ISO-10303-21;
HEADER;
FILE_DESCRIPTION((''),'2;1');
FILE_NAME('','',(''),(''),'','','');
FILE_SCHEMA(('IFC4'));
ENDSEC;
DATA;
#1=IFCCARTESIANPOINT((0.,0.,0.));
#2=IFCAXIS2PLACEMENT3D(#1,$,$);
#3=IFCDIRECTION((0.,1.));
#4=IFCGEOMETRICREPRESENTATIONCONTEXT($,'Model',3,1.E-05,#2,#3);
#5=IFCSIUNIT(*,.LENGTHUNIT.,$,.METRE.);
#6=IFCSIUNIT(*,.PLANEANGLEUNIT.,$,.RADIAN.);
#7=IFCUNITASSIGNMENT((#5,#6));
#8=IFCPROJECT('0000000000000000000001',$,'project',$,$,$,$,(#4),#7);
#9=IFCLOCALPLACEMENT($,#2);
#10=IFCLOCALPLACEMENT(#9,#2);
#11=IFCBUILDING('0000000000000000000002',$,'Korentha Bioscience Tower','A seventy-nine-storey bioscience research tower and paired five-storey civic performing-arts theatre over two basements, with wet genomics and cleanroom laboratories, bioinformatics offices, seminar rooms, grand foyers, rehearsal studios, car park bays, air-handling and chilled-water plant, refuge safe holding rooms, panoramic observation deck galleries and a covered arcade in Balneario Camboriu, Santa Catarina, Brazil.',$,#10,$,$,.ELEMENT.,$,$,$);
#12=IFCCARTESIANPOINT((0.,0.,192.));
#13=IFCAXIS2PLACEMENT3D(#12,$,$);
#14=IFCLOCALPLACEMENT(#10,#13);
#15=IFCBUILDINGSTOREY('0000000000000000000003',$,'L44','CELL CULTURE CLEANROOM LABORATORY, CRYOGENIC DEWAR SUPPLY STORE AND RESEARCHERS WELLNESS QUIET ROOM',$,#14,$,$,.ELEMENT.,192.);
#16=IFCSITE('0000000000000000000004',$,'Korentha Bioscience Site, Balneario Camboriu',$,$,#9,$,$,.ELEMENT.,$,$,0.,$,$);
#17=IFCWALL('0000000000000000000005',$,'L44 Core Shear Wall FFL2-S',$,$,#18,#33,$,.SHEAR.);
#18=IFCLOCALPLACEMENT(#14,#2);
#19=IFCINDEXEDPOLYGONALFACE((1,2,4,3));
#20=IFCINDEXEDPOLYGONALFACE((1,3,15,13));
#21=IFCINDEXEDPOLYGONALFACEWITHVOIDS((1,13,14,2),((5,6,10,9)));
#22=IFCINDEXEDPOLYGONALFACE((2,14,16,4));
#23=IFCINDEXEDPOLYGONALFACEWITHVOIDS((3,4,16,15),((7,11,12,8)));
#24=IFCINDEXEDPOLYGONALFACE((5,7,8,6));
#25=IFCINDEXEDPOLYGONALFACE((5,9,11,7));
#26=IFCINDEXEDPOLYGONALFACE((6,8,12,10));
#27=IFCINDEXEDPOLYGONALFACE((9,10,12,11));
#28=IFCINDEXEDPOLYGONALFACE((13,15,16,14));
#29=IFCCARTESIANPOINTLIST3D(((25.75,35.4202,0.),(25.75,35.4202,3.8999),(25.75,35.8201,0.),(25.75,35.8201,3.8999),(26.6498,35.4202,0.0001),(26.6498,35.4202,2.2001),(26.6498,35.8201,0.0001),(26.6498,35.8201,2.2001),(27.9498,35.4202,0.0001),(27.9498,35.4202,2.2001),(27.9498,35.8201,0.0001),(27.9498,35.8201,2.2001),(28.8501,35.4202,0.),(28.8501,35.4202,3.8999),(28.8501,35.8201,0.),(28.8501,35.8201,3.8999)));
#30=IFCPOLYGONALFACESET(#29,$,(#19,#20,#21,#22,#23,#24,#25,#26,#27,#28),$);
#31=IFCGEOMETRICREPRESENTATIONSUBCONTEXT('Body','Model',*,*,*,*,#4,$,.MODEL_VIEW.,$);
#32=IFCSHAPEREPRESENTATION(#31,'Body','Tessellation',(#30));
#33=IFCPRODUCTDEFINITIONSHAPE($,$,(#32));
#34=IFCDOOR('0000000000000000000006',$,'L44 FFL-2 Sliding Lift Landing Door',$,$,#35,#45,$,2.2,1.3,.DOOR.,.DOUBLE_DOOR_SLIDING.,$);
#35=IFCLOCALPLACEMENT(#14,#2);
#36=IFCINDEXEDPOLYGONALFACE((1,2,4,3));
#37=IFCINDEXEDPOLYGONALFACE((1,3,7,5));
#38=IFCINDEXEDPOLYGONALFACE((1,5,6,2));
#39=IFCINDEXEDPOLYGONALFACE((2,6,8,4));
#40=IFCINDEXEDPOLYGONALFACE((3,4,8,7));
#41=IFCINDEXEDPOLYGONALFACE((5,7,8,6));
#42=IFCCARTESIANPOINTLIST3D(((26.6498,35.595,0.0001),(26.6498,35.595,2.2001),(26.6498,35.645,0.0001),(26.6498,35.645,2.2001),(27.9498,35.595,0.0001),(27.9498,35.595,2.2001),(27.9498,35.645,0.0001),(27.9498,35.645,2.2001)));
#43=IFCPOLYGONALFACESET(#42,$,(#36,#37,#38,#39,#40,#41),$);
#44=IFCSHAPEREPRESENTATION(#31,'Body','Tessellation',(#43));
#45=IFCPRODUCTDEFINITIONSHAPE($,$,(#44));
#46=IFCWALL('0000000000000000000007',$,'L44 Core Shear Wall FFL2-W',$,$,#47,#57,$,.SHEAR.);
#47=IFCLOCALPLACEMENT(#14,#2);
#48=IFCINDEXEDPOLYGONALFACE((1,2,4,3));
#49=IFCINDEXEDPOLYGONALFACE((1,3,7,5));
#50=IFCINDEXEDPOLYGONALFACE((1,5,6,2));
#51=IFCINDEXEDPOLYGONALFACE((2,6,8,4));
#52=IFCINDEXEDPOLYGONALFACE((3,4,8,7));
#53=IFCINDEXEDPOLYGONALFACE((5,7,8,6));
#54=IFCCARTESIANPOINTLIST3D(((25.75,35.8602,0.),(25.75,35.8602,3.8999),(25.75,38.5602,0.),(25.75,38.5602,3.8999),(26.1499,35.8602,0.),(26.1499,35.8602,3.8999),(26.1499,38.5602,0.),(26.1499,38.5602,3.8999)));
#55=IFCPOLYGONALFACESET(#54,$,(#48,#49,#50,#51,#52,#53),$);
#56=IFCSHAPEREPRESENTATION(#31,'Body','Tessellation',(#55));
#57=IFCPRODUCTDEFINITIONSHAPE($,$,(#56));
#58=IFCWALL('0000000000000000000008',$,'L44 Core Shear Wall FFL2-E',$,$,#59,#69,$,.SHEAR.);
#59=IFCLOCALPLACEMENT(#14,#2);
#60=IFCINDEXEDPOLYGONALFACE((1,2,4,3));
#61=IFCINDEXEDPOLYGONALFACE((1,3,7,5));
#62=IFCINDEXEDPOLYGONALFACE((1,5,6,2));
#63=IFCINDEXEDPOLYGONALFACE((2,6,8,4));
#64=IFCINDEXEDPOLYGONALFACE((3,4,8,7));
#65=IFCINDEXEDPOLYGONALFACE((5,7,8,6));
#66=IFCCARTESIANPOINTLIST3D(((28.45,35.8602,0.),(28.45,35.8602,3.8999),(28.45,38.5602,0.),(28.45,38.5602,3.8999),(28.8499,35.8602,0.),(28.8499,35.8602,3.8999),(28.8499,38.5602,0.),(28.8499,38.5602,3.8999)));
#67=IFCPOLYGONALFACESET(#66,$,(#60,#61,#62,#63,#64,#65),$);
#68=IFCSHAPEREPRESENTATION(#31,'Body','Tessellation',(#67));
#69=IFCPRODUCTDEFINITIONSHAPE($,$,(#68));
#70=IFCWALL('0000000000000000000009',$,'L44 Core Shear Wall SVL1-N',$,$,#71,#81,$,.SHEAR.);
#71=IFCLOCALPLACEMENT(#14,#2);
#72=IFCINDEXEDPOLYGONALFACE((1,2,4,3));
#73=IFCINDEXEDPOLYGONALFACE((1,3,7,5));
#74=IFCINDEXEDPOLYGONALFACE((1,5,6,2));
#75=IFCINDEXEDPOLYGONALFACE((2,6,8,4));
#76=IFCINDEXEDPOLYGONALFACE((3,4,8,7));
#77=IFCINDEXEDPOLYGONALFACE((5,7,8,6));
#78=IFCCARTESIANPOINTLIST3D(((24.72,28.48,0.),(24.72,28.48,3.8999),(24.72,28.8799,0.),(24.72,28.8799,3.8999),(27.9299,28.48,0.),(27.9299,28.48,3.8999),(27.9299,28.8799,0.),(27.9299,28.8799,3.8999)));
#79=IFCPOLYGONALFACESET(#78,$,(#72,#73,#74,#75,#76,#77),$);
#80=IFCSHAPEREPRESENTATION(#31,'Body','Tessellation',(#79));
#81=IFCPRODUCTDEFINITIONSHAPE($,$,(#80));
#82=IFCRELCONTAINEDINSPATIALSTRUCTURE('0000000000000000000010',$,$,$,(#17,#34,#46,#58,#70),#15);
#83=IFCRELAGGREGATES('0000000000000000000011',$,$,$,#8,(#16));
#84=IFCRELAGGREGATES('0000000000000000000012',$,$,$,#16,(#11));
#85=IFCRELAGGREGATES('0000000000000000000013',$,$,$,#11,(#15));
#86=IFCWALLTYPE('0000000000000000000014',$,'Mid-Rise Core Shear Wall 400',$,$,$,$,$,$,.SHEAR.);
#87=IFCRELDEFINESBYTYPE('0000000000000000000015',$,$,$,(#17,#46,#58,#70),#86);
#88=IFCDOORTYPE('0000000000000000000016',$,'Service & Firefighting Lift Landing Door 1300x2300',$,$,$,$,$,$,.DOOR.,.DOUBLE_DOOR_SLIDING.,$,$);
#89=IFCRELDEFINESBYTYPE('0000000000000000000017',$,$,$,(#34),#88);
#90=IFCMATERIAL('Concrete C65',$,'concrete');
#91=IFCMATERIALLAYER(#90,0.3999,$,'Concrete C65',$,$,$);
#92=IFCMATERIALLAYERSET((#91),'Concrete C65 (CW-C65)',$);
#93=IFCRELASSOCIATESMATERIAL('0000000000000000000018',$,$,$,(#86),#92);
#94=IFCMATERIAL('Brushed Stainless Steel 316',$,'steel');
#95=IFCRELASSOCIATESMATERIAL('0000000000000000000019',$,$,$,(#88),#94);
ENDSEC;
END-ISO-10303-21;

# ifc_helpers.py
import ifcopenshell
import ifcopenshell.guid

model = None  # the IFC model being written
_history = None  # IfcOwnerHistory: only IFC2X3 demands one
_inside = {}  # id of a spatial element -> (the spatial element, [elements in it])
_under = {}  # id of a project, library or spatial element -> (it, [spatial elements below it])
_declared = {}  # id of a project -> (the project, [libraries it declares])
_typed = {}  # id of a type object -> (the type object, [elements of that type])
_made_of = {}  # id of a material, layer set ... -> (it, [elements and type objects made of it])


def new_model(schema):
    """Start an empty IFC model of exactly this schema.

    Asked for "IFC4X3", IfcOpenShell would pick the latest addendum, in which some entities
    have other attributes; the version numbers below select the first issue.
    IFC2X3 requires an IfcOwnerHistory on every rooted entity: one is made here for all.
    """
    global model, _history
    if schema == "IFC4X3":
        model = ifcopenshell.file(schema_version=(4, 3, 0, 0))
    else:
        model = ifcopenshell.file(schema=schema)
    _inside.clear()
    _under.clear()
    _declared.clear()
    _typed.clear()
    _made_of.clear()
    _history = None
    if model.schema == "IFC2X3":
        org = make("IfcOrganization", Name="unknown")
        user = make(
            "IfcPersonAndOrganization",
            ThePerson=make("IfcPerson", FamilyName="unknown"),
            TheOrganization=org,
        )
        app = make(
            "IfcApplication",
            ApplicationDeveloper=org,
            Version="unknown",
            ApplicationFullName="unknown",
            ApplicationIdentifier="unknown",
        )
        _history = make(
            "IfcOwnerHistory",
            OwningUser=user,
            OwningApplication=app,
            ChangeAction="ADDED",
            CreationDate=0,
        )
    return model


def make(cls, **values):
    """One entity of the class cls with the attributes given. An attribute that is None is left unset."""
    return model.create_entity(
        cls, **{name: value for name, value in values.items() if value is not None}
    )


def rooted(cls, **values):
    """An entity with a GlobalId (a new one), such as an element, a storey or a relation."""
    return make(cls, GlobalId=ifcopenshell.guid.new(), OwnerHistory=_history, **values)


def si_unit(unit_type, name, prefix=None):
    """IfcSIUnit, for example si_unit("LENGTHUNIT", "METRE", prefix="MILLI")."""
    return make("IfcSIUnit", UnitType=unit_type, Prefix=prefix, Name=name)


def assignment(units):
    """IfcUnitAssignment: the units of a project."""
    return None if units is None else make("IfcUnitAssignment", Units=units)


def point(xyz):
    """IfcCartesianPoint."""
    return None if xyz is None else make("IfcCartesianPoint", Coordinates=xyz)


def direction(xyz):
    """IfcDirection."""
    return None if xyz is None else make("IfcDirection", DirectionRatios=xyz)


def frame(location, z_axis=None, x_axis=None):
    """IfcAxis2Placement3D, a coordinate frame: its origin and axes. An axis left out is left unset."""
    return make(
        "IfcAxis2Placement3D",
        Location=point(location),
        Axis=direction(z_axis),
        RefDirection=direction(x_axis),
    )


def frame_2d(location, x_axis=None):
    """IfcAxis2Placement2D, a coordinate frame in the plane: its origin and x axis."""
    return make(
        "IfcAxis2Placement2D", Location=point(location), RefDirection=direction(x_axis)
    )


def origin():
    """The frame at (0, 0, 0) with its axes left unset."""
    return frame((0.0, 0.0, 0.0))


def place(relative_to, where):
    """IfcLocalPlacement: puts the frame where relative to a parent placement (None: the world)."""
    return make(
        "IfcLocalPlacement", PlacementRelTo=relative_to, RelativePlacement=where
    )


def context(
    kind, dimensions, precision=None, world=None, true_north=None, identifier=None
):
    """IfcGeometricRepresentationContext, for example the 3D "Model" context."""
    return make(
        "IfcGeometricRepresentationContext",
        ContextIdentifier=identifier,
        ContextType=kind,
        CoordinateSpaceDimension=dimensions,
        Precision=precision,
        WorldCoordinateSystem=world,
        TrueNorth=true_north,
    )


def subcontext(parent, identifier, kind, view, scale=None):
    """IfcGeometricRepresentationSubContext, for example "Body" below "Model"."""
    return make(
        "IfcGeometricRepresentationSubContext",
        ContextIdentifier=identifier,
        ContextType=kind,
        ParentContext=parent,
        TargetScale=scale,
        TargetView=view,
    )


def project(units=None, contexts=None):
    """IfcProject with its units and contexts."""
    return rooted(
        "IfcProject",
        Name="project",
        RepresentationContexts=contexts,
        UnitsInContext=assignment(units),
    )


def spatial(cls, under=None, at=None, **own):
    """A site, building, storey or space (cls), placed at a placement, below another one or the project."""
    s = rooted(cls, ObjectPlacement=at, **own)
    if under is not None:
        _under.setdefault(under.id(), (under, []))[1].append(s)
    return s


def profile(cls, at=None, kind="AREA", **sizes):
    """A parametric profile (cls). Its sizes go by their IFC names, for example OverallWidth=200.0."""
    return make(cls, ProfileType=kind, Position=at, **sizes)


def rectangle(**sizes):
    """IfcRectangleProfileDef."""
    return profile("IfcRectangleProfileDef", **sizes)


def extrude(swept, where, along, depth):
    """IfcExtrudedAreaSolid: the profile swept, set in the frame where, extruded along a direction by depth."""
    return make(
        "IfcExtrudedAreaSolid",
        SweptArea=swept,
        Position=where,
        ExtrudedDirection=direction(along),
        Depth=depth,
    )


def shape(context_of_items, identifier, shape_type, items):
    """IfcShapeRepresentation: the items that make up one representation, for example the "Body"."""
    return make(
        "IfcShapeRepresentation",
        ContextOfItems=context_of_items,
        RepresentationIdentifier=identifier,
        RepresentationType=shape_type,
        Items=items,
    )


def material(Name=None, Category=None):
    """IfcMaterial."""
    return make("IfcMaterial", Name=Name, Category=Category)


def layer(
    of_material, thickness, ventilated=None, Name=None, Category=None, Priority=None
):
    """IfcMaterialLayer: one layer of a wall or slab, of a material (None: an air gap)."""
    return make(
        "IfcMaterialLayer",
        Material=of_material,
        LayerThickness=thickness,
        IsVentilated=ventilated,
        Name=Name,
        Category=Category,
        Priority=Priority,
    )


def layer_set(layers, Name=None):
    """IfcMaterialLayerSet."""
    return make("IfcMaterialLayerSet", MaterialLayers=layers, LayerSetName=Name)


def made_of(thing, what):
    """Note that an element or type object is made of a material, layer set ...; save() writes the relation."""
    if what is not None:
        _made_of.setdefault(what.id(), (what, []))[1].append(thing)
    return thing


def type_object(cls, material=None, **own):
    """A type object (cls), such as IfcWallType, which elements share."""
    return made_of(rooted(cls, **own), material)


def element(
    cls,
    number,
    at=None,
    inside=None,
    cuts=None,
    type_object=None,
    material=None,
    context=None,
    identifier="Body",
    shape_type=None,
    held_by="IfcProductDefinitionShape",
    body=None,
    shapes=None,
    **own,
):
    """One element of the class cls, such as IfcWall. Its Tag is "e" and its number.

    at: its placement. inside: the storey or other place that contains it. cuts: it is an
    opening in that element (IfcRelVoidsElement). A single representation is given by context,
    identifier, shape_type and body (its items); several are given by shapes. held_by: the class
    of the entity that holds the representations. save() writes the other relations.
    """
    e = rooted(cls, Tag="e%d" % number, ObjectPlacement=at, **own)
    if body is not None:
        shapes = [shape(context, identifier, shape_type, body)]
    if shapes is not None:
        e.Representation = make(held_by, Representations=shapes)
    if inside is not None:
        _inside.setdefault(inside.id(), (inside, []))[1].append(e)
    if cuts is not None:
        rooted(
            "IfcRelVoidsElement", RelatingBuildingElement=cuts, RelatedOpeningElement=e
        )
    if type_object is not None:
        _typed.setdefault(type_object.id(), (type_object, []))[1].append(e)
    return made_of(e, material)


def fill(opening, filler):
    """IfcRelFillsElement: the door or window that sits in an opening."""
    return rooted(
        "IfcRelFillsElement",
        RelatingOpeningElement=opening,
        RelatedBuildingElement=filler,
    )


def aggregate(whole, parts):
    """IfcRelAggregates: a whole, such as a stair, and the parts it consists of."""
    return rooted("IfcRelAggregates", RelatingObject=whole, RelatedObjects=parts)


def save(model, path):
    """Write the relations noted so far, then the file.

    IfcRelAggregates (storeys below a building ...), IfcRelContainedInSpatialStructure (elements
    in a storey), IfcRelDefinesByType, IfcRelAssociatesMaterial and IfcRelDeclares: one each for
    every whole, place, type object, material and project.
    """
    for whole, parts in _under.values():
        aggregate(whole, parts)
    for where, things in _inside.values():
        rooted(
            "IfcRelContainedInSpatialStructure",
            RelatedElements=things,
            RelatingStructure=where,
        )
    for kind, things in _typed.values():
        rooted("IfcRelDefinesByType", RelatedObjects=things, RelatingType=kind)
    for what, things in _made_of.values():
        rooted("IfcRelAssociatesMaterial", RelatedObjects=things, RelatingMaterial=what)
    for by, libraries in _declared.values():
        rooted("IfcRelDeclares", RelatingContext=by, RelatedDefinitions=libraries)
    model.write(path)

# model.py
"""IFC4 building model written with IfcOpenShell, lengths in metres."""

from ifc_helpers import new_model, si_unit, direction, frame, frame_2d, origin, place, context, subcontext, project, spatial, rectangle, extrude, material, layer, layer_set, type_object, element, fill, save


model = new_model("IFC4")

# Units and contexts
model_context = context("Model", 3, precision=1e-05, world=origin(), true_north=direction((0.0, 1.0)))
body_context = subcontext(model_context, "Body", "Model", "MODEL_VIEW")
ifc_project = project(units=[si_unit("LENGTHUNIT", "METRE"), si_unit("PLANEANGLEUNIT", "RADIAN")], contexts=[model_context])

# Site, building, storey
site_placement = place(None, origin())
site = spatial("IfcSite", under=ifc_project, at=site_placement, Name="Korentha Bioscience Site, Balneario Camboriu", CompositionType="ELEMENT", RefElevation=0.0)
building_placement = place(site_placement, origin())
building = spatial("IfcBuilding", under=site, at=building_placement, Name="Korentha Bioscience Tower", Description="A seventy-nine-storey bioscience research tower and paired five-storey civic performing-arts theatre over two basements, with wet genomics and cleanroom laboratories, bioinformatics offices, seminar rooms, grand foyers, rehearsal studios, car park bays, air-handling and chilled-water plant, refuge safe holding rooms, panoramic observation deck galleries and a covered arcade in Balneario Camboriu, Santa Catarina, Brazil.", CompositionType="ELEMENT")
storey_placement = place(building_placement, frame((0.0, 0.0, 192.0)))
storey = spatial("IfcBuildingStorey", under=building, at=storey_placement, Name="L44", Description="CELL CULTURE CLEANROOM LABORATORY, CRYOGENIC DEWAR SUPPLY STORE AND RESEARCHERS WELLNESS QUIET ROOM", CompositionType="ELEMENT", Elevation=192.0)

# Shared definitions
ifc_material_1 = material(Name="Concrete C65", Category="concrete")

# Shared definitions
ifc_layer_1 = layer(ifc_material_1, 0.3999, Name="Concrete C65")
ifc_layer_set_1 = layer_set([ifc_layer_1], Name="Concrete C65 (CW-C65)")
wall_type_1 = type_object("IfcWallType", Name="Mid-Rise Core Shear Wall 400", PredefinedType="SHEAR", material=ifc_layer_set_1)

# Wall, opening, door
wall_1_placement = place(storey_placement, frame((25.75, 35.6201, 0.0), z_axis=(0.0, 0.0, 1.0), x_axis=(1.0, 0.0, 0.0)))
wall_1 = element("IfcWall", 1, at=wall_1_placement, inside=storey, type_object=wall_type_1, Name="L44 Core Shear Wall FFL2-S", PredefinedType="SHEAR", context=body_context, shape_type="SweptSolid", body=[
    extrude(rectangle(XDim=3.1001, YDim=0.3999, at=frame_2d((1.55, 0.0))), origin(), (0.0, 0.0, 1.0), 3.8999),
])
opening_1_placement = place(wall_1_placement, frame((0.8999, 0.0, 0.0)))
opening_1 = element("IfcOpeningElement", 2, at=opening_1_placement, cuts=wall_1, PredefinedType="OPENING", context=body_context, shape_type="SweptSolid", body=[
    extrude(rectangle(XDim=1.3, YDim=2.2, at=frame_2d((0.6499, 1.1001))), frame((0.0, 0.2148, 0.0), z_axis=(0.0, -1.0, 0.0), x_axis=(1.0, 0.0, 0.0)), (0.0, 0.0, 1.0), 0.4297),
])
ifc_material_2 = material(Name="Brushed Stainless Steel 316", Category="steel")
door_type_1 = type_object("IfcDoorType", Name="Service & Firefighting Lift Landing Door 1300x2300", OperationType="DOUBLE_DOOR_SLIDING", PredefinedType="DOOR", material=ifc_material_2)
door_1_placement = place(opening_1_placement, origin())
door_1 = element("IfcDoor", 3, at=door_1_placement, inside=storey, type_object=door_type_1, Name="L44 FFL-2 Sliding Lift Landing Door", OperationType="DOUBLE_DOOR_SLIDING", OverallHeight=2.2, OverallWidth=1.3, PredefinedType="DOOR", context=body_context, shape_type="SweptSolid", body=[
    extrude(rectangle(XDim=1.3, YDim=2.2, at=frame_2d((0.6499, 1.1001))), frame((0.0, 0.0249, 0.0), z_axis=(0.0, -1.0, 0.0), x_axis=(1.0, 0.0, 0.0)), (0.0, 0.0, 1.0), 0.05),
])
fill(opening_1, door_1)

# Walls
for number, where, z_axis, x_axis, name in (
    (4, (25.95, 35.8601, 0.0), (0.0, 0.0, 1.0), (0.0, 1.0, 0.0), "L44 Core Shear Wall FFL2-W"),
    (5, (28.6499, 35.8601, 0.0), (0.0, 0.0, 1.0), (0.0, 1.0, 0.0), "L44 Core Shear Wall FFL2-E"),
):
    element("IfcWall", number, at=place(storey_placement, frame(where, z_axis=z_axis, x_axis=x_axis)), inside=storey, type_object=wall_type_1, Name=name, PredefinedType="SHEAR", context=body_context, shape_type="SweptSolid", body=[
        extrude(rectangle(XDim=2.7, YDim=0.3999, at=frame_2d((1.3501, 0.0))), origin(), (0.0, 0.0, 1.0), 3.8999),
    ])
wall_2_placement = place(storey_placement, frame((24.72, 28.6799, 0.0), z_axis=(0.0, 0.0, 1.0), x_axis=(1.0, 0.0, 0.0)))
element("IfcWall", 6, at=wall_2_placement, inside=storey, type_object=wall_type_1, Name="L44 Core Shear Wall SVL1-N", PredefinedType="SHEAR", context=body_context, shape_type="SweptSolid", body=[
    extrude(rectangle(XDim=3.21, YDim=0.3999, at=frame_2d((1.605, 0.0))), origin(), (0.0, 0.0, 1.0), 3.8999),
])

save(model, "model.ifc")
